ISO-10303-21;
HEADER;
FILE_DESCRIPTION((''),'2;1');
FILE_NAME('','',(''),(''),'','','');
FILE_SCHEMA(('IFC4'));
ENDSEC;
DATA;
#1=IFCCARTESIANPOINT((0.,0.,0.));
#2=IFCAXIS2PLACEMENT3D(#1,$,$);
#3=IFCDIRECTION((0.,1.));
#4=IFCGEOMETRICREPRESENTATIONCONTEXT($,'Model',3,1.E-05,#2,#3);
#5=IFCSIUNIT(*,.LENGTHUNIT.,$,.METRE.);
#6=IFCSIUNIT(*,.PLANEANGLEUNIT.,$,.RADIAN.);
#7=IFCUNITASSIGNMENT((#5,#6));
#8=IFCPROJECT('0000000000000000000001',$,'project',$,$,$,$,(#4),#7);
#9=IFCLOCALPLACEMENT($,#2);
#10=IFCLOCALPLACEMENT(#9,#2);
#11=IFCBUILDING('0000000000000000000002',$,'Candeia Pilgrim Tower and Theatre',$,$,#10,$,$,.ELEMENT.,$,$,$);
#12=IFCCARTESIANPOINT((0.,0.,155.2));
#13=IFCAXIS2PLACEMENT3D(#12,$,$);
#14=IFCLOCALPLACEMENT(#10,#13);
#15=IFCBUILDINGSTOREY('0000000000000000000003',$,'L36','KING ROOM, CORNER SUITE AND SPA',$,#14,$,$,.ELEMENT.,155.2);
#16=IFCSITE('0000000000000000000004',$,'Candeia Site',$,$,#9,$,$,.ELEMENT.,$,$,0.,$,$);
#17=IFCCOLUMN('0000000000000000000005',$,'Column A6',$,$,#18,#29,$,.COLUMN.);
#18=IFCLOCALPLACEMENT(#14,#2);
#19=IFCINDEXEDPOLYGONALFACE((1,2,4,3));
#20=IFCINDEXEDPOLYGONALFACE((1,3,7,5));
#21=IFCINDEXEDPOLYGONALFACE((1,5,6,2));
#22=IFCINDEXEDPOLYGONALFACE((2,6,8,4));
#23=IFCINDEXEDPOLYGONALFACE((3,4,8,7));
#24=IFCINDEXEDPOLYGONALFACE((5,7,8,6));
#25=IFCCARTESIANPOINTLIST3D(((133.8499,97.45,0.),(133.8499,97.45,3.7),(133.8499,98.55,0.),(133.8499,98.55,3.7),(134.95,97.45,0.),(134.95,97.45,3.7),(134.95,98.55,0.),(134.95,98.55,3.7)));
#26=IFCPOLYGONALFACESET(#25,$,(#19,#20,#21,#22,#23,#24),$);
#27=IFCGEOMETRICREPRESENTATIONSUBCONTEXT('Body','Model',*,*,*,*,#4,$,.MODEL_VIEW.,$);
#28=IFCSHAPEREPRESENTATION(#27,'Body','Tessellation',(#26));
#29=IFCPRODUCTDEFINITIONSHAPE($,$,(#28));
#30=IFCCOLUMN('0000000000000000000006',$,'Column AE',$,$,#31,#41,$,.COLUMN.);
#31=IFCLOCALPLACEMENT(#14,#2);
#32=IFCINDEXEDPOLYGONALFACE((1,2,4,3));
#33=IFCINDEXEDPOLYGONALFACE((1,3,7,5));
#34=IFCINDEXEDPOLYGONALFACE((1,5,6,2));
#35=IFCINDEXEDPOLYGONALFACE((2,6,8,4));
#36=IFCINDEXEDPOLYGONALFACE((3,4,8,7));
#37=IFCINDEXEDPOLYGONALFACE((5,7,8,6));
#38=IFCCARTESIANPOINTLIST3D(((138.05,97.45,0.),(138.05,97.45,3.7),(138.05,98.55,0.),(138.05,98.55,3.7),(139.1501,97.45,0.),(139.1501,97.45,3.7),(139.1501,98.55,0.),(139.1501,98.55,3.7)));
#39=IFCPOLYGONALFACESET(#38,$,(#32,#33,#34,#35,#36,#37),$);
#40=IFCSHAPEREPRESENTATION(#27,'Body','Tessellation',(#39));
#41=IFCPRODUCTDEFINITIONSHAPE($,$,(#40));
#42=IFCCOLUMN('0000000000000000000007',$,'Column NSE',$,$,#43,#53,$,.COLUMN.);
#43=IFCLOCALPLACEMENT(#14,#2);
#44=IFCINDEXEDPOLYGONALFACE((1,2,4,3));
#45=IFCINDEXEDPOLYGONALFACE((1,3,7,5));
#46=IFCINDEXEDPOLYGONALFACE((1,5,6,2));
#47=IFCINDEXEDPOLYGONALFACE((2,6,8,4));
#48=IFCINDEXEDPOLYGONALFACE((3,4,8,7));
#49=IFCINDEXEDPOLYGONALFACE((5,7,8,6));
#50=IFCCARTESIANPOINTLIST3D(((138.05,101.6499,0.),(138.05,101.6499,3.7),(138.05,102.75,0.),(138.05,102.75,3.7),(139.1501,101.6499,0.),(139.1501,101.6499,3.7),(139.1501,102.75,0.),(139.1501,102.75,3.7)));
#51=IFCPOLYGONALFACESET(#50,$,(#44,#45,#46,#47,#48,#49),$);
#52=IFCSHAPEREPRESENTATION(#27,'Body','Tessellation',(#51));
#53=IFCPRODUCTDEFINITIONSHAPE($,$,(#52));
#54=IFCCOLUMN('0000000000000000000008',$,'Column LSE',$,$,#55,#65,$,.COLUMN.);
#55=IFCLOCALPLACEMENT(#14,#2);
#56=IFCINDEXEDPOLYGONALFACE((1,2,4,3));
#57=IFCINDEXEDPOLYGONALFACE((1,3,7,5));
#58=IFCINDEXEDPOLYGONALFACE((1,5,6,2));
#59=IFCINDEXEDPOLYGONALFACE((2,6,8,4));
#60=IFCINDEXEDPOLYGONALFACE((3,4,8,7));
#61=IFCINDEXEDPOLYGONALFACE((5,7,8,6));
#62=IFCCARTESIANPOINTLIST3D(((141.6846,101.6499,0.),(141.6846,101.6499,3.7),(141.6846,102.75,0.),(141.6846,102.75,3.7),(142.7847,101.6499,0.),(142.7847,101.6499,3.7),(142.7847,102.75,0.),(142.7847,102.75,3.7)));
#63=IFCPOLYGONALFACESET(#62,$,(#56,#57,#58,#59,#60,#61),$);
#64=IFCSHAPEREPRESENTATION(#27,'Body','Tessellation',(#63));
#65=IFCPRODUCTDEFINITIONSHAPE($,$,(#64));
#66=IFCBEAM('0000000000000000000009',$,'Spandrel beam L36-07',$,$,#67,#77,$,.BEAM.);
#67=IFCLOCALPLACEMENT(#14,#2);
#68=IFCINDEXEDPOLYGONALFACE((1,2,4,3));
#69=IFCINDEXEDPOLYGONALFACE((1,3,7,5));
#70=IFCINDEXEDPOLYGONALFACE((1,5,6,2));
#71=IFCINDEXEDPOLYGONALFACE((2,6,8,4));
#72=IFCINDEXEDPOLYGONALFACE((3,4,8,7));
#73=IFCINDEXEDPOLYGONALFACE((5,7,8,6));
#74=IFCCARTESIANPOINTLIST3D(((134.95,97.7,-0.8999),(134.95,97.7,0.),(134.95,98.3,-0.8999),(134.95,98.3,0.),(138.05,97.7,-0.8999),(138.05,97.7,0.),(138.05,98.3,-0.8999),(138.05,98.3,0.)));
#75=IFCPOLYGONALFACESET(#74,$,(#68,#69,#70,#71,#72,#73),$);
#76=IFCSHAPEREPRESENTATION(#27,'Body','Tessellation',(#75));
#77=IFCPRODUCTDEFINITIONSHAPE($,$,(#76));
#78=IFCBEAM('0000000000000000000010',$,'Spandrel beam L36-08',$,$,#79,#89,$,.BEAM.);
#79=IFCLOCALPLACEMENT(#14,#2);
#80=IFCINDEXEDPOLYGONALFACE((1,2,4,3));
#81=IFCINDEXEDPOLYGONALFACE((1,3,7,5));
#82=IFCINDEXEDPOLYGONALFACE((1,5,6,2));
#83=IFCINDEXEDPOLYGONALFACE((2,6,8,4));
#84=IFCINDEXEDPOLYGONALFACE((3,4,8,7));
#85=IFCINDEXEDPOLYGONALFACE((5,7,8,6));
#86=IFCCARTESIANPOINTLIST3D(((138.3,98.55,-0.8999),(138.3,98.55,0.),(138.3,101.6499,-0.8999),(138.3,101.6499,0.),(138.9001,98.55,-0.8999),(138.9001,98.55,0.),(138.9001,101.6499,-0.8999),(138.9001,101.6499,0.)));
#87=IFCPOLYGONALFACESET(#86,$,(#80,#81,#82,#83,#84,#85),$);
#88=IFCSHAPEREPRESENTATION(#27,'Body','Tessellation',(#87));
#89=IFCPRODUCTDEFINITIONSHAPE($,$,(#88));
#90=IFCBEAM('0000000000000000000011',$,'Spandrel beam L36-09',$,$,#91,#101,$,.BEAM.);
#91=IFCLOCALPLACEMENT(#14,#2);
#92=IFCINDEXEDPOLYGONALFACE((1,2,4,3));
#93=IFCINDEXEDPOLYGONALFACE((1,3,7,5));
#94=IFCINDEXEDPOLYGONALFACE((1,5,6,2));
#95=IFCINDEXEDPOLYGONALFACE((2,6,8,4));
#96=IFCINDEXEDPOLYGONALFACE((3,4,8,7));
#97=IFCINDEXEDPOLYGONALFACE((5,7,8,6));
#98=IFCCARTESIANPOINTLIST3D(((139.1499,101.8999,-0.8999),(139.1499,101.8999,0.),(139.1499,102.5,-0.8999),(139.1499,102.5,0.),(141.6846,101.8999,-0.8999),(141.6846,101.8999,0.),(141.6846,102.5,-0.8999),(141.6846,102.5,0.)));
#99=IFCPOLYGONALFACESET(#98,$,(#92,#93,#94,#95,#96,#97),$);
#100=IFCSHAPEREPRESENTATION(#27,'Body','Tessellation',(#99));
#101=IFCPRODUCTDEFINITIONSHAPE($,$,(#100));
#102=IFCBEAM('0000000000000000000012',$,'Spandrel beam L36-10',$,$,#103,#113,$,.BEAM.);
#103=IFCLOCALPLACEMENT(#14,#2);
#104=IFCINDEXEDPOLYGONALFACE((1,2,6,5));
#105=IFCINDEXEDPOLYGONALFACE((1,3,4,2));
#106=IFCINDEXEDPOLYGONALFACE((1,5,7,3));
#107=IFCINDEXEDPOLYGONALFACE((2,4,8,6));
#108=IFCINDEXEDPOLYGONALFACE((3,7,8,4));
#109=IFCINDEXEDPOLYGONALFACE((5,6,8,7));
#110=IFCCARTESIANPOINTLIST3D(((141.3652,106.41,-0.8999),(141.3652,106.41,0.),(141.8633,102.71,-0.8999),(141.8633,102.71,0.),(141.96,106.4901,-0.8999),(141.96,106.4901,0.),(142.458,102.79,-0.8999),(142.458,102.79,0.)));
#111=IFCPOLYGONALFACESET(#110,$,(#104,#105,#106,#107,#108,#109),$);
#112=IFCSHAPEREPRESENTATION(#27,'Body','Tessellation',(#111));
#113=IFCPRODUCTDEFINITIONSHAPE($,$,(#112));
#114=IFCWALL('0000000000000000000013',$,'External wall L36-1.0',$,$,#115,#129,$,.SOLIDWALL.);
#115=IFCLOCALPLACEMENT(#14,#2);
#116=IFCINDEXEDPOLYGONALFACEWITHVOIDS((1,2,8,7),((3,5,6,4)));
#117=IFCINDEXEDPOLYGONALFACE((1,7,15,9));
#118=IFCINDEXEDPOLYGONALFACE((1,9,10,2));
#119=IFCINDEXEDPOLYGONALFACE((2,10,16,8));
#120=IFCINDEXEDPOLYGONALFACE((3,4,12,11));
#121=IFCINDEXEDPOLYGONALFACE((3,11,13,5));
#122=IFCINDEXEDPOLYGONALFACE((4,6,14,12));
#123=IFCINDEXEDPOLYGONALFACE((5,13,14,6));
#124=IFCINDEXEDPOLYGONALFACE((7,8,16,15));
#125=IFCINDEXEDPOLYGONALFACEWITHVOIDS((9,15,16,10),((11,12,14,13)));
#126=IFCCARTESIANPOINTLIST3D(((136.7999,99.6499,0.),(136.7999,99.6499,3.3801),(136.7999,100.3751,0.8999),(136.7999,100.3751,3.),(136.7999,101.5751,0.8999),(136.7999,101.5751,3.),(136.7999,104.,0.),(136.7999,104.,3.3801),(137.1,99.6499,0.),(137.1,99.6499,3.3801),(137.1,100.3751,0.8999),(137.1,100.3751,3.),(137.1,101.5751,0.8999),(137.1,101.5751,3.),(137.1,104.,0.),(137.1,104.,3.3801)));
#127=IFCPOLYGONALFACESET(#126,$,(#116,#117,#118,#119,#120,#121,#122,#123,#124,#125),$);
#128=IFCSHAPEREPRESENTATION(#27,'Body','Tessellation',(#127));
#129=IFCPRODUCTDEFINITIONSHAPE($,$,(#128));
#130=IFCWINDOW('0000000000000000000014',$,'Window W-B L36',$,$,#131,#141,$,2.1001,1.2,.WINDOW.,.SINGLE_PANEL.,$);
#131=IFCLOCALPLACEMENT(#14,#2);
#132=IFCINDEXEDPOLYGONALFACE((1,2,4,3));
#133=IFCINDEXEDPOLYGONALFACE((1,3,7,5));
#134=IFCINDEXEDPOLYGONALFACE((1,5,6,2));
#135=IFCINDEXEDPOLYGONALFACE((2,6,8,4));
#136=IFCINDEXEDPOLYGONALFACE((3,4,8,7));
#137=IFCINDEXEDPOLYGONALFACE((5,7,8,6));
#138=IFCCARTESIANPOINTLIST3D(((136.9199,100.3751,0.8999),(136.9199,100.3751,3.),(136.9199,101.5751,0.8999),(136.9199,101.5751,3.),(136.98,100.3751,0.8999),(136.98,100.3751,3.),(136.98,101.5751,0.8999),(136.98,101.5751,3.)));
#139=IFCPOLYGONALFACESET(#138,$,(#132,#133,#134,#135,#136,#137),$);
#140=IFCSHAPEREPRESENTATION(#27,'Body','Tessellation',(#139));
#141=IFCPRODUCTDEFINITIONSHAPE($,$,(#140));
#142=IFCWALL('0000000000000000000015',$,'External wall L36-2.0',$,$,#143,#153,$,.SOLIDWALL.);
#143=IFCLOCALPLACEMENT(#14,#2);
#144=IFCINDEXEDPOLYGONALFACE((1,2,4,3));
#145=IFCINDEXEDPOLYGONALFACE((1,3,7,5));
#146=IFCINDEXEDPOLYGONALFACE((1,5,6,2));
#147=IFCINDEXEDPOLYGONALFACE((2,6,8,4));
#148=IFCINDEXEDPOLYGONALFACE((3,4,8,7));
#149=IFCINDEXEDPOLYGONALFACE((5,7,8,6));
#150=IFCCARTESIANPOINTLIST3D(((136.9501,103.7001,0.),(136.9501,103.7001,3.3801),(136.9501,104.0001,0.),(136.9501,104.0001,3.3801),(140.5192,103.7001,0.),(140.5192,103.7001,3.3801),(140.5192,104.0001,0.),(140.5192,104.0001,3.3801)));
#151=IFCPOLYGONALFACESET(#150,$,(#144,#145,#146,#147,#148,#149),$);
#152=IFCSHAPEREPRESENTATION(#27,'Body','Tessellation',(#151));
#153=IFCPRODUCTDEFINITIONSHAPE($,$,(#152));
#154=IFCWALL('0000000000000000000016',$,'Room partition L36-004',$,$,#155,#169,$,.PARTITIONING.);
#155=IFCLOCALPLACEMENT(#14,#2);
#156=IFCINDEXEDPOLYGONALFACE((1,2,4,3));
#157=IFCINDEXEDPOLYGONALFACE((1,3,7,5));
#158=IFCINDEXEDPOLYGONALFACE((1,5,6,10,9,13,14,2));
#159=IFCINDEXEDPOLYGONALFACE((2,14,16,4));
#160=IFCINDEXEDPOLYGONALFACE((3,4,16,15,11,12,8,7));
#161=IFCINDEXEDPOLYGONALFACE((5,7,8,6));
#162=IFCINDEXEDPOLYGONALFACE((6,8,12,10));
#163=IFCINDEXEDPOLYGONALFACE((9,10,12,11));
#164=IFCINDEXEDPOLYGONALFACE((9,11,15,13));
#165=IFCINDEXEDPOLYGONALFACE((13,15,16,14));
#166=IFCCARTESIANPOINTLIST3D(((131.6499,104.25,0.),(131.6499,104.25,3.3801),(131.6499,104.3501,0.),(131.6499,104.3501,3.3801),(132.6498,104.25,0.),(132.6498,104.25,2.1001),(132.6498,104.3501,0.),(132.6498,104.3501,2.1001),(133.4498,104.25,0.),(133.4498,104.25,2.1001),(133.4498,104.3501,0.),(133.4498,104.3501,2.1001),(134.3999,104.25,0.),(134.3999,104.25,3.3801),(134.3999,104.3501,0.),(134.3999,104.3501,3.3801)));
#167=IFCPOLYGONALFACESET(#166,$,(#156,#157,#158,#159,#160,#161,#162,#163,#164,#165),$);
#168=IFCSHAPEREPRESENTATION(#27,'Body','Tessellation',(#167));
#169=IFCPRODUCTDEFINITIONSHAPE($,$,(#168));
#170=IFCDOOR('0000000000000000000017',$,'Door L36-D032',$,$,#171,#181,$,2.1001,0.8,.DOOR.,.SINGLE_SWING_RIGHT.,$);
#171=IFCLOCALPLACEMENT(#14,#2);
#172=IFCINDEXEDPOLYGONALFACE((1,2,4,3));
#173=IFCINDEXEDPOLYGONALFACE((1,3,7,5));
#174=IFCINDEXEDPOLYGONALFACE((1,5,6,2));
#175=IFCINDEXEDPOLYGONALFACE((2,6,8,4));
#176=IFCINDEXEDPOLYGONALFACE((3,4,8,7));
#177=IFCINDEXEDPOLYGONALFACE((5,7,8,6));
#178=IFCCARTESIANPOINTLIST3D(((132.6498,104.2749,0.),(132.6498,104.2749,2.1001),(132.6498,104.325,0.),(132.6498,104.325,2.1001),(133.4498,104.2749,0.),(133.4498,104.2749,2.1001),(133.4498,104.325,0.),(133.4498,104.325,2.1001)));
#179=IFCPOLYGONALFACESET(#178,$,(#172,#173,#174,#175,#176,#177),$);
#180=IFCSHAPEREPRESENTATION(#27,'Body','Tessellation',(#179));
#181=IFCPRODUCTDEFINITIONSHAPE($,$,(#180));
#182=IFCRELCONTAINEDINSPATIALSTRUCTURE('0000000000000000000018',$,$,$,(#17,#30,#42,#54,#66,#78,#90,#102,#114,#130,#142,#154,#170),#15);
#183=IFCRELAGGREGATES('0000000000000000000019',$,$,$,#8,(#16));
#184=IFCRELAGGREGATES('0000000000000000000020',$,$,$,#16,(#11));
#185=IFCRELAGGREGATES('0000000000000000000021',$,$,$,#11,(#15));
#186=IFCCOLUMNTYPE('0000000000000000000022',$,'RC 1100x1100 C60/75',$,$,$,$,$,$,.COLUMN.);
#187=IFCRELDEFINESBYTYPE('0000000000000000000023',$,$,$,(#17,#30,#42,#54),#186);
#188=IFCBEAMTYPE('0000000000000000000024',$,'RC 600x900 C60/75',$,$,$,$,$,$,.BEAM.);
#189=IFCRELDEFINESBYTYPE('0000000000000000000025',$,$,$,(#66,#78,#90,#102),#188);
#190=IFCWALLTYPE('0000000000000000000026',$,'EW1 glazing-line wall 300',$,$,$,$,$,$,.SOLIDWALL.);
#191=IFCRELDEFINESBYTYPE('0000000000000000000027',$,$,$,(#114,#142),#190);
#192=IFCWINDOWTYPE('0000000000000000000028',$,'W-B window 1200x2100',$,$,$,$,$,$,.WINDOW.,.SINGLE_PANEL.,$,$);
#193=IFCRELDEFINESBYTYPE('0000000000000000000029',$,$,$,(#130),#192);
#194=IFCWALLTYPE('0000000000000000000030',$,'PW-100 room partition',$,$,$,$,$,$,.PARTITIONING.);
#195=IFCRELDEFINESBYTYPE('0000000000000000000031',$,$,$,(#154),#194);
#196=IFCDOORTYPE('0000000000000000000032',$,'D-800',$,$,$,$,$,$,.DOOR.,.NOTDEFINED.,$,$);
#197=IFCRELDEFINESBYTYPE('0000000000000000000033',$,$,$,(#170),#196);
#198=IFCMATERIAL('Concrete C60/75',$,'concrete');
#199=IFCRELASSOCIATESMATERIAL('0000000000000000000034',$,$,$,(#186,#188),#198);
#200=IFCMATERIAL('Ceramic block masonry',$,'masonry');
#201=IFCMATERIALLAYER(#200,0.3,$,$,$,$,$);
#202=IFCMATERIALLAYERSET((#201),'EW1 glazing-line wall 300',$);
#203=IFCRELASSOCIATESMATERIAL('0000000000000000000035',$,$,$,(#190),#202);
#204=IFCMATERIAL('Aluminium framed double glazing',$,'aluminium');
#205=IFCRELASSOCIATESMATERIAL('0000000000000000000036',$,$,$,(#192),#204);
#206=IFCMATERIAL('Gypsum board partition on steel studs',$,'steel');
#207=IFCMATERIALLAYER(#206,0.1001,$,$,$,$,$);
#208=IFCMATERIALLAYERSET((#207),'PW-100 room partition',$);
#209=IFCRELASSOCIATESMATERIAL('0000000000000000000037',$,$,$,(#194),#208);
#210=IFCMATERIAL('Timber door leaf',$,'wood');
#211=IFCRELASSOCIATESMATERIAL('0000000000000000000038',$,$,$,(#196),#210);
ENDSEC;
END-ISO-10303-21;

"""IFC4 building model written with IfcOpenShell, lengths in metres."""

from ifc_helpers import new_model, si_unit, direction, frame, frame_2d, origin, origin_2d, place, context, subcontext, project, spatial, rectangle, extrude, material, layer, layer_set, material_profile, profile_set, type_object, element, fill, save


model = new_model("IFC4")

# Units and contexts
model_context = context("Model", 3, precision=1e-05, world=origin(), true_north=direction((0.0, 1.0)))
body_context = subcontext(model_context, "Body", "Model", "MODEL_VIEW")
ifc_project = project(units=[si_unit("LENGTHUNIT", "METRE"), si_unit("PLANEANGLEUNIT", "RADIAN")], contexts=[model_context])

# Site, building, storey
site_placement = place(None, origin())
site = spatial("IfcSite", under=ifc_project, at=site_placement, Name="Candeia Site", CompositionType="ELEMENT", RefElevation=0.0)
building_placement = place(site_placement, origin())
building = spatial("IfcBuilding", under=site, at=building_placement, Name="Candeia Pilgrim Tower and Theatre", CompositionType="ELEMENT")
storey_placement = place(building_placement, frame((0.0, 0.0, 155.2)))
storey = spatial("IfcBuildingStorey", under=building, at=storey_placement, Name="L36", Description="KING ROOM, CORNER SUITE AND SPA", CompositionType="ELEMENT", Elevation=155.2)

# Columns
ifc_material_1 = material(Name="Concrete C60/75", Category="concrete")
ifc_material_profile_1 = material_profile(ifc_material_1, rectangle(XDim=1.1001, YDim=1.1001, at=origin_2d()))
ifc_profile_set_1 = profile_set([ifc_material_profile_1], Name="Concrete C60/75")
column_type = type_object("IfcColumnType", Name="RC 1100x1100 C60/75", PredefinedType="COLUMN", material=ifc_profile_set_1)
for number, where, z_axis, x_axis, name in (
    (1, (134.3999, 98.0, 0.0), (0.0, 0.0, 1.0), (1.0, 0.0, 0.0), "Column A6"),
    (2, (138.6001, 98.0, 0.0), (0.0, 0.0, 1.0), (1.0, 0.0, 0.0), "Column AE"),
    (3, (138.6001, 102.2, 0.0), (0.0, 0.0, 1.0), (1.0, 0.0, 0.0), "Column NSE"),
    (4, (142.2346, 102.2, 0.0), (0.0, 0.0, 1.0), (1.0, 0.0, 0.0), "Column LSE"),
):
    element("IfcColumn", number, at=place(storey_placement, frame(where, z_axis=z_axis, x_axis=x_axis)), inside=storey, type_object=column_type, Name=name, PredefinedType="COLUMN", context=body_context, shape_type="SweptSolid", body=[
        extrude(rectangle(XDim=1.1001, YDim=1.1001, at=origin_2d()), origin(), (0.0, 0.0, 1.0), 3.7),
    ])

# Beams
ifc_material_profile_2 = material_profile(ifc_material_1, rectangle(XDim=0.6001, YDim=0.8999, at=origin_2d()))
ifc_profile_set_2 = profile_set([ifc_material_profile_2], Name="Concrete C60/75")
beam_type = type_object("IfcBeamType", Name="RC 600x900 C60/75", PredefinedType="BEAM", material=ifc_profile_set_2)
beam_1_placement = place(storey_placement, frame((134.95, 98.0, -0.45), z_axis=(1.0, 0.0, 0.0), x_axis=(0.0, 1.0, 0.0)))
element("IfcBeam", 5, at=beam_1_placement, inside=storey, type_object=beam_type, Name="Spandrel beam L36-07", PredefinedType="BEAM", context=body_context, shape_type="SweptSolid", body=[
    extrude(rectangle(XDim=0.6001, YDim=0.8999, at=origin_2d()), origin(), (0.0, 0.0, 1.0), 3.1001),
])
beam_2_placement = place(storey_placement, frame((138.6001, 98.55, -0.45), z_axis=(0.0, 1.0, 0.0), x_axis=(-1.0, 0.0, 0.0)))
element("IfcBeam", 6, at=beam_2_placement, inside=storey, type_object=beam_type, Name="Spandrel beam L36-08", PredefinedType="BEAM", context=body_context, shape_type="SweptSolid", body=[
    extrude(rectangle(XDim=0.6001, YDim=0.8999, at=origin_2d()), origin(), (0.0, 0.0, 1.0), 3.0999),
])
beam_3_placement = place(storey_placement, frame((139.1499, 102.2, -0.45), z_axis=(1.0, 0.0, 0.0), x_axis=(0.0, 1.0, 0.0)))
element("IfcBeam", 7, at=beam_3_placement, inside=storey, type_object=beam_type, Name="Spandrel beam L36-09", PredefinedType="BEAM", context=body_context, shape_type="SweptSolid", body=[
    extrude(rectangle(XDim=0.6001, YDim=0.8999, at=origin_2d()), origin(), (0.0, 0.0, 1.0), 2.5347),
])
beam_4_placement = place(storey_placement, frame((142.1606, 102.75, -0.45), z_axis=(-0.133406, 0.991061, 0.0), x_axis=(-0.991061, -0.133406, 0.0)))
element("IfcBeam", 8, at=beam_4_placement, inside=storey, type_object=beam_type, Name="Spandrel beam L36-10", PredefinedType="BEAM", context=body_context, shape_type="SweptSolid", body=[
    extrude(rectangle(XDim=0.6001, YDim=0.8999, at=origin_2d()), origin(), (0.0, 0.0, 1.0), 3.7334),
])

# Wall, opening, window
ifc_material_2 = material(Name="Ceramic block masonry", Category="masonry")
ifc_layer_1 = layer(ifc_material_2, 0.3)
ifc_layer_set_1 = layer_set([ifc_layer_1], Name="EW1 glazing-line wall 300")
wall_type_1 = type_object("IfcWallType", Name="EW1 glazing-line wall 300", PredefinedType="SOLIDWALL", material=ifc_layer_set_1)
wall_1_placement = place(storey_placement, frame((136.95, 99.6499, 0.0), z_axis=(0.0, 0.0, 1.0), x_axis=(0.0, 1.0, 0.0)))
wall_1 = element("IfcWall", 9, at=wall_1_placement, inside=storey, type_object=wall_type_1, Name="External wall L36-1.0", PredefinedType="SOLIDWALL", context=body_context, shape_type="SweptSolid", body=[
    extrude(rectangle(XDim=4.3501, YDim=0.3, at=frame_2d((2.175, 0.0))), origin(), (0.0, 0.0, 1.0), 3.3801),
])
opening_1_placement = place(wall_1_placement, frame((0.7251, 0.0, 0.8999)))
opening_1 = element("IfcOpeningElement", 10, at=opening_1_placement, cuts=wall_1, PredefinedType="OPENING", context=body_context, shape_type="SweptSolid", body=[
    extrude(rectangle(XDim=1.2, YDim=2.1001, at=frame_2d((0.6001, 1.05))), frame((0.0, 0.1602, 0.0), z_axis=(0.0, -1.0, 0.0), x_axis=(1.0, 0.0, 0.0)), (0.0, 0.0, 1.0), 0.3201),
])
ifc_material_3 = material(Name="Aluminium framed double glazing", Category="aluminium")
window_type = type_object("IfcWindowType", Name="W-B window 1200x2100", PartitioningType="SINGLE_PANEL", PredefinedType="WINDOW", material=ifc_material_3)
window_1_placement = place(opening_1_placement, origin())
window_1 = element("IfcWindow", 11, at=window_1_placement, inside=storey, type_object=window_type, Name="Window W-B L36", OverallHeight=2.1001, OverallWidth=1.2, PartitioningType="SINGLE_PANEL", PredefinedType="WINDOW", context=body_context, shape_type="SweptSolid", body=[
    extrude(rectangle(XDim=1.2, YDim=2.1001, at=frame_2d((0.6001, 1.05))), frame((0.0, 0.03, 0.0), z_axis=(0.0, -1.0, 0.0), x_axis=(1.0, 0.0, 0.0)), (0.0, 0.0, 1.0), 0.0601),
])
fill(opening_1, window_1)

# Wall
wall_2_placement = place(storey_placement, frame((136.95, 103.8501, 0.0), z_axis=(0.0, 0.0, 1.0), x_axis=(1.0, 0.0, 0.0)))
element("IfcWall", 12, at=wall_2_placement, inside=storey, type_object=wall_type_1, Name="External wall L36-2.0", PredefinedType="SOLIDWALL", context=body_context, shape_type="SweptSolid", body=[
    extrude(rectangle(XDim=3.5691, YDim=0.3, at=frame_2d((1.7847, 0.0))), origin(), (0.0, 0.0, 1.0), 3.3801),
])

# Wall, opening, door
ifc_material_4 = material(Name="Gypsum board partition on steel studs", Category="steel")
ifc_layer_2 = layer(ifc_material_4, 0.1001)
ifc_layer_set_2 = layer_set([ifc_layer_2], Name="PW-100 room partition")
wall_type_2 = type_object("IfcWallType", Name="PW-100 room partition", PredefinedType="PARTITIONING", material=ifc_layer_set_2)
wall_3_placement = place(storey_placement, frame((131.6499, 104.3, 0.0), z_axis=(0.0, 0.0, 1.0), x_axis=(1.0, 0.0, 0.0)))
wall_3 = element("IfcWall", 13, at=wall_3_placement, inside=storey, type_object=wall_type_2, Name="Room partition L36-004", PredefinedType="PARTITIONING", context=body_context, shape_type="SweptSolid", body=[
    extrude(rectangle(XDim=2.75, YDim=0.1001, at=frame_2d((1.375, 0.0))), origin(), (0.0, 0.0, 1.0), 3.3801),
])
opening_2_placement = place(wall_3_placement, frame((1.0, 0.0, 0.0)))
opening_2 = element("IfcOpeningElement", 14, at=opening_2_placement, cuts=wall_3, PredefinedType="OPENING", context=body_context, shape_type="SweptSolid", body=[
    extrude(rectangle(XDim=0.8, YDim=2.1001, at=frame_2d((0.3999, 1.05))), frame((0.0, 0.0601, 0.0), z_axis=(0.0, -1.0, 0.0), x_axis=(1.0, 0.0, 0.0)), (0.0, 0.0, 1.0), 0.1201),
])
ifc_material_5 = material(Name="Timber door leaf", Category="wood")
door_type_1 = type_object("IfcDoorType", Name="D-800", OperationType="NOTDEFINED", PredefinedType="DOOR", material=ifc_material_5)
door_1_placement = place(opening_2_placement, origin())
door_1 = element("IfcDoor", 15, at=door_1_placement, inside=storey, type_object=door_type_1, Name="Door L36-D032", OperationType="SINGLE_SWING_RIGHT", OverallHeight=2.1001, OverallWidth=0.8, PredefinedType="DOOR", context=body_context, shape_type="SweptSolid", body=[
    extrude(rectangle(XDim=0.8, YDim=2.1001, at=frame_2d((0.3999, 1.05))), frame((0.0, 0.0249, 0.0), z_axis=(0.0, -1.0, 0.0), x_axis=(1.0, 0.0, 0.0)), (0.0, 0.0, 1.0), 0.05),
])
fill(opening_2, door_1)

save(model, "model.ifc")
